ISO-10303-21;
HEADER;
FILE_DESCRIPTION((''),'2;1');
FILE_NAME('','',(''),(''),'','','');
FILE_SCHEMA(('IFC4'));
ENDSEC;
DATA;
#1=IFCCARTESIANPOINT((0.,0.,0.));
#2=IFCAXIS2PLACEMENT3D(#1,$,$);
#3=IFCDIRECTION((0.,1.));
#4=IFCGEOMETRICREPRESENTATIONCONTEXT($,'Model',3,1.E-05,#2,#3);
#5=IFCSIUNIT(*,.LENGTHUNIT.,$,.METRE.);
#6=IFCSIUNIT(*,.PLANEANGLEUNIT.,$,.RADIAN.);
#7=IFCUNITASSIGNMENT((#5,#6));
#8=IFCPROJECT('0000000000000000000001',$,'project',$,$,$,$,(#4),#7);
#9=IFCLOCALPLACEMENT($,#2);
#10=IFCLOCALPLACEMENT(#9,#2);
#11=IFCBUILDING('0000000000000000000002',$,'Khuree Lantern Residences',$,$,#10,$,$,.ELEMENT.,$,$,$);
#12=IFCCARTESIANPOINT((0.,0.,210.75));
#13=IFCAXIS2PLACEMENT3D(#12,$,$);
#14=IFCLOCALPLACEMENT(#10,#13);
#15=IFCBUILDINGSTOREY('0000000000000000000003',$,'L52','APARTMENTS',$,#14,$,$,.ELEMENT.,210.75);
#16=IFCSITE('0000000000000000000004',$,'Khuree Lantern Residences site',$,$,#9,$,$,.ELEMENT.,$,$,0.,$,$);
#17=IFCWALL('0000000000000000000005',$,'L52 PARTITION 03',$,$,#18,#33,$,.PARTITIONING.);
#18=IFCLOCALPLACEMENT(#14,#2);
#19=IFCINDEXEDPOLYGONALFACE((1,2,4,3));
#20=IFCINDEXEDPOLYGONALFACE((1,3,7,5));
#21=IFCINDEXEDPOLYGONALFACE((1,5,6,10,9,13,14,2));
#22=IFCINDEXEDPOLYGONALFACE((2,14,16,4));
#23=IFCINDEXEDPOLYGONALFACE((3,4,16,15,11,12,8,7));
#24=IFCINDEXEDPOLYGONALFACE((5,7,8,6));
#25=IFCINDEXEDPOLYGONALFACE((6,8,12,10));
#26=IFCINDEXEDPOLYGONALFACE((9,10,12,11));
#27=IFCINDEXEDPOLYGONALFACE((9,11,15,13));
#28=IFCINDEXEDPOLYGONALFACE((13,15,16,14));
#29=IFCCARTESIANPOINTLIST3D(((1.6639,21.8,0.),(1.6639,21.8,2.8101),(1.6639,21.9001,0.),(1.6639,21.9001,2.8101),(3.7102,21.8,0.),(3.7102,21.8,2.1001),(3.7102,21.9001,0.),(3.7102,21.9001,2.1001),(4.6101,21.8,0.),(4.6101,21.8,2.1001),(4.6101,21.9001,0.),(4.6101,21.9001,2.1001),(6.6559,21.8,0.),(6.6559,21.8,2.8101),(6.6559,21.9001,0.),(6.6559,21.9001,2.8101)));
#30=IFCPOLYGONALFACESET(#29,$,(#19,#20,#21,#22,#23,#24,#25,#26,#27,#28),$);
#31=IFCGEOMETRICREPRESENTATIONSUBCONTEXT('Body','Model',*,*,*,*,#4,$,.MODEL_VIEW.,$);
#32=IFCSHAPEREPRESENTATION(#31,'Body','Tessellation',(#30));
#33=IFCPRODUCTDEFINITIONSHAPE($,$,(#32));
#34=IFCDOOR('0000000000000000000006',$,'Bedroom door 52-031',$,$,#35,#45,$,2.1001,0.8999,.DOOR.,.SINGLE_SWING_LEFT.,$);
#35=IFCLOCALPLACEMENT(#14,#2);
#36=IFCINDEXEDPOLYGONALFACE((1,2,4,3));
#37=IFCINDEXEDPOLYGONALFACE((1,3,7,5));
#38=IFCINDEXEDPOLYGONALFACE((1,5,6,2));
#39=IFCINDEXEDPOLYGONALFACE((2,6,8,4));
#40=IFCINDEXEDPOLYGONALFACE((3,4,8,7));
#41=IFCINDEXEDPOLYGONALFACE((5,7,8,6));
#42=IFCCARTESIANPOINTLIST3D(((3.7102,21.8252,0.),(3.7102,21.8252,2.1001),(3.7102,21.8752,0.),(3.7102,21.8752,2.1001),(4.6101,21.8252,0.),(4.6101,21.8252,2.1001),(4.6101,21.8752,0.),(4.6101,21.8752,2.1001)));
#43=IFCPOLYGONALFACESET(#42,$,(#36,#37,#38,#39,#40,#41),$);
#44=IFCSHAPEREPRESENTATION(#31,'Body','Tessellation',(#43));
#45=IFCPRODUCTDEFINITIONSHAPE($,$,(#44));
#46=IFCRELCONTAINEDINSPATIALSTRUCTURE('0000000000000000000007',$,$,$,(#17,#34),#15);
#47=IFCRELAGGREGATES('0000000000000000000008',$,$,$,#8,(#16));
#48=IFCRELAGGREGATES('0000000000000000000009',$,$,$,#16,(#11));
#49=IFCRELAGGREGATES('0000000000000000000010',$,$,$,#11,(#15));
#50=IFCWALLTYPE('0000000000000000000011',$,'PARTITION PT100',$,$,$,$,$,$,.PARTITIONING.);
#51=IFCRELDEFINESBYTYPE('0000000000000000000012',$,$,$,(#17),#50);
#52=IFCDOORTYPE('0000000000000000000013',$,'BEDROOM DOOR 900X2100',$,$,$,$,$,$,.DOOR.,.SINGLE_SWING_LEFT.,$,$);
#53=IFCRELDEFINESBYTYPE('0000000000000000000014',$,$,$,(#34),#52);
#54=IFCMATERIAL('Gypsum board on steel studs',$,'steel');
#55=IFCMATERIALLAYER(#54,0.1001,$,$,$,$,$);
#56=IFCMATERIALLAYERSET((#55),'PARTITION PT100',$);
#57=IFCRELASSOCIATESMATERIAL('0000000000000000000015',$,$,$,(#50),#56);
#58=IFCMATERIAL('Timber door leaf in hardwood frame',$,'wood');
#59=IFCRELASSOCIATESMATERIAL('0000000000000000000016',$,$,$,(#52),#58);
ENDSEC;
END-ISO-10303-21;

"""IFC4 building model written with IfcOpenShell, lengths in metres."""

from ifc_helpers import new_model, si_unit, direction, frame, frame_2d, origin, place, context, subcontext, project, spatial, rectangle, extrude, material, layer, layer_set, type_object, element, fill, save


model = new_model("IFC4")

# Units and contexts
model_context = context("Model", 3, precision=1e-05, world=origin(), true_north=direction((0.0, 1.0)))
body_context = subcontext(model_context, "Body", "Model", "MODEL_VIEW")
ifc_project = project(units=[si_unit("LENGTHUNIT", "METRE"), si_unit("PLANEANGLEUNIT", "RADIAN")], contexts=[model_context])

# Site, building, storey
site_placement = place(None, origin())
site = spatial("IfcSite", under=ifc_project, at=site_placement, Name="Khuree Lantern Residences site", CompositionType="ELEMENT", RefElevation=0.0)
building_placement = place(site_placement, origin())
building = spatial("IfcBuilding", under=site, at=building_placement, Name="Khuree Lantern Residences", CompositionType="ELEMENT")
storey_placement = place(building_placement, frame((0.0, 0.0, 210.75)))
storey = spatial("IfcBuildingStorey", under=building, at=storey_placement, Name="L52", Description="APARTMENTS", CompositionType="ELEMENT", Elevation=210.75)

# Shared definitions
ifc_material_1 = material(Name="Gypsum board on steel studs", Category="steel")
ifc_layer_1 = layer(ifc_material_1, 0.1001)
ifc_layer_set_1 = layer_set([ifc_layer_1], Name="PARTITION PT100")
wall_type = type_object("IfcWallType", Name="PARTITION PT100", PredefinedType="PARTITIONING", material=ifc_layer_set_1)

# Shared definitions
ifc_material_2 = material(Name="Timber door leaf in hardwood frame", Category="wood")
door_type_1 = type_object("IfcDoorType", Name="BEDROOM DOOR 900X2100", OperationType="SINGLE_SWING_LEFT", PredefinedType="DOOR", material=ifc_material_2)

# Wall, opening, door
wall_1_placement = place(storey_placement, frame((6.656, 21.8501, 0.0), z_axis=(0.0, 0.0, 1.0), x_axis=(-1.0, 0.0, 0.0)))
wall_1 = element("IfcWall", 1, at=wall_1_placement, inside=storey, type_object=wall_type, Name="L52 PARTITION 03", PredefinedType="PARTITIONING", context=body_context, shape_type="SweptSolid", body=[
    extrude(rectangle(XDim=4.9919, YDim=0.1001, at=frame_2d((2.4961, 0.0))), origin(), (0.0, 0.0, 1.0), 2.8101),
])
opening_1_placement = place(wall_1_placement, frame((2.0459, 0.0, 0.0)))
opening_1 = element("IfcOpeningElement", 2, at=opening_1_placement, cuts=wall_1, PredefinedType="OPENING", context=body_context, shape_type="SweptSolid", body=[
    extrude(rectangle(XDim=0.8999, YDim=2.1001, at=frame_2d((0.45, 1.05))), frame((0.0, 0.0601, 0.0), z_axis=(0.0, -1.0, 0.0), x_axis=(1.0, 0.0, 0.0)), (0.0, 0.0, 1.0), 0.1201),
])
door_1_placement = place(opening_1_placement, origin())
door_1 = element("IfcDoor", 3, at=door_1_placement, inside=storey, type_object=door_type_1, Name="Bedroom door 52-031", OperationType="SINGLE_SWING_LEFT", OverallHeight=2.1001, OverallWidth=0.8999, PredefinedType="DOOR", context=body_context, shape_type="SweptSolid", body=[
    extrude(rectangle(XDim=0.8999, YDim=2.1001, at=frame_2d((0.45, 1.05))), frame((0.0, 0.0249, 0.0), z_axis=(0.0, -1.0, 0.0), x_axis=(1.0, 0.0, 0.0)), (0.0, 0.0, 1.0), 0.05),
])
fill(opening_1, door_1)

save(model, "model.ifc")
